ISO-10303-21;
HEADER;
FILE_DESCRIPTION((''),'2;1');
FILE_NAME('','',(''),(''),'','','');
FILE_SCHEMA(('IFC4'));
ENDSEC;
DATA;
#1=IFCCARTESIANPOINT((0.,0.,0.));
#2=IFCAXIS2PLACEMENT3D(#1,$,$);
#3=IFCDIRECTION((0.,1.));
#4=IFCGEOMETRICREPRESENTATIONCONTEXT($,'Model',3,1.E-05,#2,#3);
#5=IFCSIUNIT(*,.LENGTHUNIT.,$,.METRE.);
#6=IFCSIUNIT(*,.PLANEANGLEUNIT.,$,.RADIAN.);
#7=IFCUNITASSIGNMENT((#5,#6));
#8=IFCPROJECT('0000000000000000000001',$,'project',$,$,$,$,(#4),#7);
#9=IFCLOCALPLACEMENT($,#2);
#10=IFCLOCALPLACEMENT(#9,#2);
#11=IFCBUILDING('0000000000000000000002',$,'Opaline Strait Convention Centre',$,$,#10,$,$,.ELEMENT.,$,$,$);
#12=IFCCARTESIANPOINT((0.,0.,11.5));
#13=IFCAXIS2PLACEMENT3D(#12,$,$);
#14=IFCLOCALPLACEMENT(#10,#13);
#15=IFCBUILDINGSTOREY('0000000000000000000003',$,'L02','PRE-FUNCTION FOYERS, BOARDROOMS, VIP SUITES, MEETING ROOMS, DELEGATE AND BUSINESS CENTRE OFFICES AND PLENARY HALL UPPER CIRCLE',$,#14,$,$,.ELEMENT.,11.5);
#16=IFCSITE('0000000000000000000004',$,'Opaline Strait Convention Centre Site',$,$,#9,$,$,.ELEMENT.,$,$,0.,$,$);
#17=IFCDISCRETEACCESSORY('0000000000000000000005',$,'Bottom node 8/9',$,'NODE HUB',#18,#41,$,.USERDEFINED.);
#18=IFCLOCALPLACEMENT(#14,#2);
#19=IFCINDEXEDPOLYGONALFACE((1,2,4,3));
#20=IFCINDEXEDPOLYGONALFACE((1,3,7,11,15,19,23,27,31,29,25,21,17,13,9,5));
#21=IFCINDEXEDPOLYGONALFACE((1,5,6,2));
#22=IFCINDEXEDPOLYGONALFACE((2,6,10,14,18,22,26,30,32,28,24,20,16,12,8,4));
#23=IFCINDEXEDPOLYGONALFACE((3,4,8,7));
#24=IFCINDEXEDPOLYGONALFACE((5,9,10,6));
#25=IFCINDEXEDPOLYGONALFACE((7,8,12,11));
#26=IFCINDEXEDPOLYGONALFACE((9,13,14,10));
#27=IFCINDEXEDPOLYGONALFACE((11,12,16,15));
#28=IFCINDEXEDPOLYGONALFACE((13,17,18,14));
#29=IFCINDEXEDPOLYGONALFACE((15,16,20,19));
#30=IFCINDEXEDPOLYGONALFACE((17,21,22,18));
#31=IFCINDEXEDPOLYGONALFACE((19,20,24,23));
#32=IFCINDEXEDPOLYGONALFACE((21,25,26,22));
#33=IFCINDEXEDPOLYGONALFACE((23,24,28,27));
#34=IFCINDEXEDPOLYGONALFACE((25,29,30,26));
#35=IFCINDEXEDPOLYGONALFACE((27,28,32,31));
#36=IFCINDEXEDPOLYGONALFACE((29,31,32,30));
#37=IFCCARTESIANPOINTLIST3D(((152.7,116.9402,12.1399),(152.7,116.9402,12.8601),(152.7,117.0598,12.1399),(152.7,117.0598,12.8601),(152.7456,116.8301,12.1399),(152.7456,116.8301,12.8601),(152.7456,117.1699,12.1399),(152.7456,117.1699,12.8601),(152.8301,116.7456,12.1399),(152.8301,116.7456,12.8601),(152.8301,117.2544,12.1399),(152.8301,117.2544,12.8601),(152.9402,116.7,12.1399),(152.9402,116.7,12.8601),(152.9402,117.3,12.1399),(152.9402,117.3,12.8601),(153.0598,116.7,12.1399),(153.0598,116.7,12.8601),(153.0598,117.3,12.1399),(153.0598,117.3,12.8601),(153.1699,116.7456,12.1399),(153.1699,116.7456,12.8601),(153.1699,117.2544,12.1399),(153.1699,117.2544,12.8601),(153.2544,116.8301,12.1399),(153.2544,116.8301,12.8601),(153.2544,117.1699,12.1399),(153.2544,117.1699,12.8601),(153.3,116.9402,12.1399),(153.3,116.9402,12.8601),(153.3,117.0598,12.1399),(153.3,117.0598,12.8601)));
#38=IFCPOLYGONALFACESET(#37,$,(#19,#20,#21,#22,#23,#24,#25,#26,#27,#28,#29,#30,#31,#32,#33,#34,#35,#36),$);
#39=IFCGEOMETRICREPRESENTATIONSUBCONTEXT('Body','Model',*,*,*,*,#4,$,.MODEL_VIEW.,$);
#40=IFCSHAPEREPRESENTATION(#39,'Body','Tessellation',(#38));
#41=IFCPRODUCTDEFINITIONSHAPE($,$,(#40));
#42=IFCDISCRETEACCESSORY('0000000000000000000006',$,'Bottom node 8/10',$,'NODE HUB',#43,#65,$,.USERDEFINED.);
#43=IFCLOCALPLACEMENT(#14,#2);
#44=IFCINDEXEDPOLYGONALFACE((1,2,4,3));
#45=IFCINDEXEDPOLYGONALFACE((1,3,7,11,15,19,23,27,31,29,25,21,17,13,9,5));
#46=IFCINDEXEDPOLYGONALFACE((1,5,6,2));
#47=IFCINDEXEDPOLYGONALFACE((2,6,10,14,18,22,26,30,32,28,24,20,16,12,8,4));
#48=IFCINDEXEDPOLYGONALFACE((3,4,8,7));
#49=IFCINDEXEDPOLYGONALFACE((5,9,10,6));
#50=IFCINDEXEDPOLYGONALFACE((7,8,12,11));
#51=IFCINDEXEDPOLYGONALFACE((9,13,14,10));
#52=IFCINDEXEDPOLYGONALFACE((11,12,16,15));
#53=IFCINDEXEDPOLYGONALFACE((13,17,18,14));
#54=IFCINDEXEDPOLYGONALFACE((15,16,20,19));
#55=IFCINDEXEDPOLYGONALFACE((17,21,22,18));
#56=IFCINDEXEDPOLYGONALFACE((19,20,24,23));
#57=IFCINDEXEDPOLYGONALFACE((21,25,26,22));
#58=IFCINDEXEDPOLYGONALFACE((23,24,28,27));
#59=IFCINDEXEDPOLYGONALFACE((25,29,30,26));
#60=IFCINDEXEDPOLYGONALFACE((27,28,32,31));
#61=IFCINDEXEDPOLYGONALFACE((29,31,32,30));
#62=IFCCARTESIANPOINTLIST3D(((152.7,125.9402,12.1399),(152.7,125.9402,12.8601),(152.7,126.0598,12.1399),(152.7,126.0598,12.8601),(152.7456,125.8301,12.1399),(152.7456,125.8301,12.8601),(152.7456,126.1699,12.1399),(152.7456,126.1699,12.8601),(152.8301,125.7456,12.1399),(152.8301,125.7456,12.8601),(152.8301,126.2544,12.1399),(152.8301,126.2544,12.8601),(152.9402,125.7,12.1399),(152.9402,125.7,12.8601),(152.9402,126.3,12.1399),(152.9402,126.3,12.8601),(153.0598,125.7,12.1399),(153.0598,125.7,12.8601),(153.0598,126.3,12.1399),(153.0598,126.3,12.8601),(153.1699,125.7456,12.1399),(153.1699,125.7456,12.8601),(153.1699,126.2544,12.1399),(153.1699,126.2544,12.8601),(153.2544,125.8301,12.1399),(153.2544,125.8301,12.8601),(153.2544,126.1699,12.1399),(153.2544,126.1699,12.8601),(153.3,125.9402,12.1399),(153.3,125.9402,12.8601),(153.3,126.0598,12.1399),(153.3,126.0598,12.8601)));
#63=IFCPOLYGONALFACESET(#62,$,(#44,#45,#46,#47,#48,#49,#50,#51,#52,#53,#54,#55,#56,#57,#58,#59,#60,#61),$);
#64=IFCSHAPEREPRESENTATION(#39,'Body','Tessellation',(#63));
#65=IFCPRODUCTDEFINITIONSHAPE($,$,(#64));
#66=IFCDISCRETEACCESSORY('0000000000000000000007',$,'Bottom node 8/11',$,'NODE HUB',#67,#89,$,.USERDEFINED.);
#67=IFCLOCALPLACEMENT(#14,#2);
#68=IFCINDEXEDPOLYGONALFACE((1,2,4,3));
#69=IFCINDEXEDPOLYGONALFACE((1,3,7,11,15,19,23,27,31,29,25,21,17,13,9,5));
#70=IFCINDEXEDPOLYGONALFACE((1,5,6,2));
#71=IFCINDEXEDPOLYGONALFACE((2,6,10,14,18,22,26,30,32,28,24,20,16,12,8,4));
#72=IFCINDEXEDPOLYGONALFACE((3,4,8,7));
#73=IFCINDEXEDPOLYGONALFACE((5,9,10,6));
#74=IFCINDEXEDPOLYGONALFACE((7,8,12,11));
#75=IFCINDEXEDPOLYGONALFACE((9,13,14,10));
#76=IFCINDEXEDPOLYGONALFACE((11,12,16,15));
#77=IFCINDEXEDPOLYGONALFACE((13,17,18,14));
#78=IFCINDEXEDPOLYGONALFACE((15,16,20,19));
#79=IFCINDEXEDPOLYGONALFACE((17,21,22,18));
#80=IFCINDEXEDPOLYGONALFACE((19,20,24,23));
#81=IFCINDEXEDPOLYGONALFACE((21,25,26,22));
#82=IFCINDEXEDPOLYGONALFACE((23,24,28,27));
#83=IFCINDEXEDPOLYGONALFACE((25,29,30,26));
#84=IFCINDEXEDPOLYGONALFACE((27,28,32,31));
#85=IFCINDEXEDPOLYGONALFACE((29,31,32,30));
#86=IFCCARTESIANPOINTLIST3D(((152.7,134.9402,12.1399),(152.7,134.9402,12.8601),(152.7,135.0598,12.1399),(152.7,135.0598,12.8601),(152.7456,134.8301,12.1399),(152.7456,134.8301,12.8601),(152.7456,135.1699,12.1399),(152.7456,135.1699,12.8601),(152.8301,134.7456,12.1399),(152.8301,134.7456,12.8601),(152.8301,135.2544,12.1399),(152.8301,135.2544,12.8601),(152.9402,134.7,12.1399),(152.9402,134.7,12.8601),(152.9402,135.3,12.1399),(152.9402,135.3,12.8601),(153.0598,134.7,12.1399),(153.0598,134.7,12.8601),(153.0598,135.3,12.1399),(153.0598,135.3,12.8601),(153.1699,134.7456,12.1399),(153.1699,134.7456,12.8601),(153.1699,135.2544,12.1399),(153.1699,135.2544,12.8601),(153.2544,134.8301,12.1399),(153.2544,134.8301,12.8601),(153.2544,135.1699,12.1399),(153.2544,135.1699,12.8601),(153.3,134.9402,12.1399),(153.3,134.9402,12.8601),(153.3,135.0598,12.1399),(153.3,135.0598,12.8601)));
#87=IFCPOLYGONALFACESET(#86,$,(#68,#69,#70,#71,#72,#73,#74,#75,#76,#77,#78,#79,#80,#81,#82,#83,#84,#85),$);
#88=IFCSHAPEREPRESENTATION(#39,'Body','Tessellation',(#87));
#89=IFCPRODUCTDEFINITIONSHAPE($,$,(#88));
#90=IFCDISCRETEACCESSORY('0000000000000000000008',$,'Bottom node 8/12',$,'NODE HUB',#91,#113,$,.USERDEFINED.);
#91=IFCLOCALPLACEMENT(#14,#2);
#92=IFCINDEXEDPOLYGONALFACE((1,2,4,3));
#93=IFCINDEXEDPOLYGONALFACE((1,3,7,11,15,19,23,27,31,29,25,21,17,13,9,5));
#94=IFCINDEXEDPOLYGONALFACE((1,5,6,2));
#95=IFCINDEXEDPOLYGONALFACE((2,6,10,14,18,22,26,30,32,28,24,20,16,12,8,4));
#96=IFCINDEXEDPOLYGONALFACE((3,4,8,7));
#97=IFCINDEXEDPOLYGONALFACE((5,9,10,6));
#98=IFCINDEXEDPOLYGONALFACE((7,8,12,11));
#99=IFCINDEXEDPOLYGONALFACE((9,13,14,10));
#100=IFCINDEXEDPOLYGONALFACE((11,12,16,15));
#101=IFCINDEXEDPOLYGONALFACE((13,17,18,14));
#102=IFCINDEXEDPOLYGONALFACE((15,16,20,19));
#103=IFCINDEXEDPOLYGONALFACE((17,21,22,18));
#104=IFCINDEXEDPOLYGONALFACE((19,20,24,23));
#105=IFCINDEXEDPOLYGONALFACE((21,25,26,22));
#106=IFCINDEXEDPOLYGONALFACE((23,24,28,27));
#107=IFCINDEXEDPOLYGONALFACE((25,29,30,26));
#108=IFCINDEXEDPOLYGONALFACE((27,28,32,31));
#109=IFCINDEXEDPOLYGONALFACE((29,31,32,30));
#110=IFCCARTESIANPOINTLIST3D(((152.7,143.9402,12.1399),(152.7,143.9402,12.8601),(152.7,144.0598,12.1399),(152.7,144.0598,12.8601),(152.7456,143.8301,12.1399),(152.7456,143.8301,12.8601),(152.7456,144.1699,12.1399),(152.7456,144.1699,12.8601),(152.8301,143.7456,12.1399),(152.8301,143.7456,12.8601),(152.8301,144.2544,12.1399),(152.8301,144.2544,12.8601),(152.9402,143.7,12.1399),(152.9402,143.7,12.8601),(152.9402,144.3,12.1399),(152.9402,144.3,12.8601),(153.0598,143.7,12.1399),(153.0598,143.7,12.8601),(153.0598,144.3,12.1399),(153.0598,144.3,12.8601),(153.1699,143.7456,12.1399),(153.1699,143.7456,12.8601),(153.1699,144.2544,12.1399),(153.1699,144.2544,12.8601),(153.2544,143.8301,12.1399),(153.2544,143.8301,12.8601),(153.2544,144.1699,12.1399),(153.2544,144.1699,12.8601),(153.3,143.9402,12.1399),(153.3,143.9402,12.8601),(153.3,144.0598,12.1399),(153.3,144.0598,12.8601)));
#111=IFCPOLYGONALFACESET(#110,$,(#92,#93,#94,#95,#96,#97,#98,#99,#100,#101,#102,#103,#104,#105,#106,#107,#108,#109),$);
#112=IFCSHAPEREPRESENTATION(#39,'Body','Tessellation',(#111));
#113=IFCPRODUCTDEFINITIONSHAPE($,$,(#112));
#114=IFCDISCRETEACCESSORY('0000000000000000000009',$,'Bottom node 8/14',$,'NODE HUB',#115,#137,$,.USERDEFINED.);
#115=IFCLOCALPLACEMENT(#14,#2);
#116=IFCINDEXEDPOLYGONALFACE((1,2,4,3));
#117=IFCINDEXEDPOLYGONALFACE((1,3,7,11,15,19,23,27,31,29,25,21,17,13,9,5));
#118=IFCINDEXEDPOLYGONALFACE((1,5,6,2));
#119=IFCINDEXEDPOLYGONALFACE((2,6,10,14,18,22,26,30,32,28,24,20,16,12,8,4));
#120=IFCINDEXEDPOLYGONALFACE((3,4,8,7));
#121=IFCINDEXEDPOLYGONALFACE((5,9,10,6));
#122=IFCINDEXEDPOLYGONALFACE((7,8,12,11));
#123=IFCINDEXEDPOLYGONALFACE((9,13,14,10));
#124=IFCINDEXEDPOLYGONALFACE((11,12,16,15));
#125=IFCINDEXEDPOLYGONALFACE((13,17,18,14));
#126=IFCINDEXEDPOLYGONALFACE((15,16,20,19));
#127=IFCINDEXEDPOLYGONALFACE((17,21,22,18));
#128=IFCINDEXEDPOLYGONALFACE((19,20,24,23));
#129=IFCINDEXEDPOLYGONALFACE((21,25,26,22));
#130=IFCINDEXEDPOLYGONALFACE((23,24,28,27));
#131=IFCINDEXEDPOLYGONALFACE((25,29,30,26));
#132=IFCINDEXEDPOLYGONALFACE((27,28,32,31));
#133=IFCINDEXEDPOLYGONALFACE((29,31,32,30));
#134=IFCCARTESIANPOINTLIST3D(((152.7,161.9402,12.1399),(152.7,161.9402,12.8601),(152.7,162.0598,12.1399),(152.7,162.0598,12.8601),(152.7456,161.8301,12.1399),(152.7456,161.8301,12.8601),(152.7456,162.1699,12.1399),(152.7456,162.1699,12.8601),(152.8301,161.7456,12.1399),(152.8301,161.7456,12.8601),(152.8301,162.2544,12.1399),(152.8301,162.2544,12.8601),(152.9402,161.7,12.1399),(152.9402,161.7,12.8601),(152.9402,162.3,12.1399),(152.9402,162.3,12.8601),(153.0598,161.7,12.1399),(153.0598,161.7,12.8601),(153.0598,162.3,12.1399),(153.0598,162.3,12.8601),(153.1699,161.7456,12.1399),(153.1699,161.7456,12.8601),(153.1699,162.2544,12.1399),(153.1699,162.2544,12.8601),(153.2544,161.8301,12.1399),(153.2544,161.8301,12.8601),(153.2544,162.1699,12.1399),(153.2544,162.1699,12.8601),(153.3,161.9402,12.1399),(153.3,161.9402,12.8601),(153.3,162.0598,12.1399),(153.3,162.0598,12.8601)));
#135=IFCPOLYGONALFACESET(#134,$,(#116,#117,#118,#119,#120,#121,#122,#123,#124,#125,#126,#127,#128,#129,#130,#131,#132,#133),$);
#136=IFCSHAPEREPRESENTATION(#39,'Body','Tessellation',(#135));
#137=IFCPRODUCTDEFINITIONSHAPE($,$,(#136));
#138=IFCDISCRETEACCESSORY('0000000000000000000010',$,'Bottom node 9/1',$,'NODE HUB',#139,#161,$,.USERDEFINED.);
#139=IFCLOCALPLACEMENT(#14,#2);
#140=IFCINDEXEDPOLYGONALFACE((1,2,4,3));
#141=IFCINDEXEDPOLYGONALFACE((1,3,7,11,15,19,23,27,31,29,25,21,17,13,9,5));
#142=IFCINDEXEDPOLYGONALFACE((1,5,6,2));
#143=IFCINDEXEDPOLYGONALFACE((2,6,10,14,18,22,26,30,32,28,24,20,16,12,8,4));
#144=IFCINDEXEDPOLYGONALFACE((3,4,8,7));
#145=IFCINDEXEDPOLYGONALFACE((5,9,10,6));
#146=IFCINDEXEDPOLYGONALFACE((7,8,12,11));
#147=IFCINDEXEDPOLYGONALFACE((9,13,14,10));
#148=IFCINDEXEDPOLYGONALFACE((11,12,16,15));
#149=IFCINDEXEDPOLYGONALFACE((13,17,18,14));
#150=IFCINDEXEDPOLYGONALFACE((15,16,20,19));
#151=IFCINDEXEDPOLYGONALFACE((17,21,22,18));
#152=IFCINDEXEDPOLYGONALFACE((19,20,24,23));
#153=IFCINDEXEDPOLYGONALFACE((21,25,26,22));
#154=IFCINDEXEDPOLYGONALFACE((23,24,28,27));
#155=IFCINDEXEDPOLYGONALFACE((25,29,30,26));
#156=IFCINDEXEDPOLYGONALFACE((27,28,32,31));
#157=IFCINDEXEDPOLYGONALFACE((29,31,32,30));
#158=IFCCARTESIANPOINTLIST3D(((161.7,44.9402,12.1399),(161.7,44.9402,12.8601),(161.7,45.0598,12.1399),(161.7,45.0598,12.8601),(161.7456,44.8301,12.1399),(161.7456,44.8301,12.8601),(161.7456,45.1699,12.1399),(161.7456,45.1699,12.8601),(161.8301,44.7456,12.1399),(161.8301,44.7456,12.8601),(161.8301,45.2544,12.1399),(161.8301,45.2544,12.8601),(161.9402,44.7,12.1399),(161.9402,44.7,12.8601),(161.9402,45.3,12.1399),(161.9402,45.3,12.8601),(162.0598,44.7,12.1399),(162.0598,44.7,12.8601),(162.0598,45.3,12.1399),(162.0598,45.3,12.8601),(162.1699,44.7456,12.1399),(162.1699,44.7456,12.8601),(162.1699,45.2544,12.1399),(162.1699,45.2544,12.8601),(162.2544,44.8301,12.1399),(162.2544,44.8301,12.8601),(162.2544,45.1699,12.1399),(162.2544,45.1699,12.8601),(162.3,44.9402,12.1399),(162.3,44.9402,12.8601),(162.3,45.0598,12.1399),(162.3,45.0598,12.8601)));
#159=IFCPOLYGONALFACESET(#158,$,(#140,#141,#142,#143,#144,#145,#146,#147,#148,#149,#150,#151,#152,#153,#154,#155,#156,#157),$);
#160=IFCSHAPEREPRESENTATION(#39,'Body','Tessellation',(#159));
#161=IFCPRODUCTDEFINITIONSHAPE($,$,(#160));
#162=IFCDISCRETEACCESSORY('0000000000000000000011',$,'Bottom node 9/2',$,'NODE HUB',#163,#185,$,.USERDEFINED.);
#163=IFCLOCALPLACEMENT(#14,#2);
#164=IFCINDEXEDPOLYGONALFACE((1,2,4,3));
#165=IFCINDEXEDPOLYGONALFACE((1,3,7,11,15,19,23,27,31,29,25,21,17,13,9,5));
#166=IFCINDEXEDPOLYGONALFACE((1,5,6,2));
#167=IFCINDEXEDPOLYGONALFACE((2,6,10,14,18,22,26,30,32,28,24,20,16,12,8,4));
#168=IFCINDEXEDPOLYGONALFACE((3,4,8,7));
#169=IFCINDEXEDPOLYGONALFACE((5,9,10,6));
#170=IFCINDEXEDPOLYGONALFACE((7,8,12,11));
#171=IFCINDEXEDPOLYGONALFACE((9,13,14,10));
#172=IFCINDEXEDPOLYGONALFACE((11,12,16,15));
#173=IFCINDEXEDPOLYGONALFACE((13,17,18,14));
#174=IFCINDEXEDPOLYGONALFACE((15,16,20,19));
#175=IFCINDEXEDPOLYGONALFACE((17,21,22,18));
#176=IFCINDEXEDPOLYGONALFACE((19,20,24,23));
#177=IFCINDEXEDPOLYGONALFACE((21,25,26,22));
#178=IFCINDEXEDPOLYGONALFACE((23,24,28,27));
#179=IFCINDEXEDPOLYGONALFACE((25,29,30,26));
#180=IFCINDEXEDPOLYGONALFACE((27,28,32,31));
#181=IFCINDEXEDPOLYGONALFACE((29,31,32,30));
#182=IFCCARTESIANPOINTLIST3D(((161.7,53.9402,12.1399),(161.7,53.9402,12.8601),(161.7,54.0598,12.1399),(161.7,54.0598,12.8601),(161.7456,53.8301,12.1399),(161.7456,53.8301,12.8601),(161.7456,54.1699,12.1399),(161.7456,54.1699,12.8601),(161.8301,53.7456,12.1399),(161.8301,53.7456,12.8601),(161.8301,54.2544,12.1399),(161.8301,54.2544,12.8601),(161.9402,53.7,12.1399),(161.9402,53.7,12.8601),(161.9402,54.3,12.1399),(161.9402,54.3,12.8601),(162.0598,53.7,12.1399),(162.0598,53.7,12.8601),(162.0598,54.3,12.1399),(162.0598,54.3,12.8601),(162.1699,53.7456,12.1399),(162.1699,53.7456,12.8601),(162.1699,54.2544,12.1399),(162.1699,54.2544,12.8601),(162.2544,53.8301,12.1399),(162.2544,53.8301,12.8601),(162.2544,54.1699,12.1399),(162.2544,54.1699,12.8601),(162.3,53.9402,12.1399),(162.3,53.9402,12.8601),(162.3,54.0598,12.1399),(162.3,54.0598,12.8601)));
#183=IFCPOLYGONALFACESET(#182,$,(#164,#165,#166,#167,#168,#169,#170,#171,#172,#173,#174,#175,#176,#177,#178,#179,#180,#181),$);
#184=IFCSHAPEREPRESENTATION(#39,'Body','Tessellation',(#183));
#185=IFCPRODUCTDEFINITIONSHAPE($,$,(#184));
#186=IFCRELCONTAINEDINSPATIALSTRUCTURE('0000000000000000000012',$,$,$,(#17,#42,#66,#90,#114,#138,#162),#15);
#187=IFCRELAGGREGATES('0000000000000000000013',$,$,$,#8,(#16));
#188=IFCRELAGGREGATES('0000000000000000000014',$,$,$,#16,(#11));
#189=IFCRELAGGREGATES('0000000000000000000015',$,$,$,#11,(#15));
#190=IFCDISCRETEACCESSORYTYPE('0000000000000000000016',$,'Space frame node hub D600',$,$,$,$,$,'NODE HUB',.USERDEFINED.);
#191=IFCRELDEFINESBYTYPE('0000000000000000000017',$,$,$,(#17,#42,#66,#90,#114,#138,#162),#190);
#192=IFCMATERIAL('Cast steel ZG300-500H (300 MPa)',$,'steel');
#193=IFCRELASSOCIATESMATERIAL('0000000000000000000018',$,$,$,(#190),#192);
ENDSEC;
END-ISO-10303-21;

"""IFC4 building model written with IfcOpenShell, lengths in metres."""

from ifc_helpers import new_model, si_unit, direction, frame, origin, place, context, subcontext, project, spatial, polyline, outline, extrude, material, type_object, element, save


model = new_model("IFC4")

# Units and contexts
model_context = context("Model", 3, precision=1e-05, world=origin(), true_north=direction((0.0, 1.0)))
body_context = subcontext(model_context, "Body", "Model", "MODEL_VIEW")
ifc_project = project(units=[si_unit("LENGTHUNIT", "METRE"), si_unit("PLANEANGLEUNIT", "RADIAN")], contexts=[model_context])

# Site, building, storey
site_placement = place(None, origin())
site = spatial("IfcSite", under=ifc_project, at=site_placement, Name="Opaline Strait Convention Centre Site", CompositionType="ELEMENT", RefElevation=0.0)
building_placement = place(site_placement, origin())
building = spatial("IfcBuilding", under=site, at=building_placement, Name="Opaline Strait Convention Centre", CompositionType="ELEMENT")
storey_placement = place(building_placement, frame((0.0, 0.0, 11.5)))
storey = spatial("IfcBuildingStorey", under=building, at=storey_placement, Name="L02", Description="PRE-FUNCTION FOYERS, BOARDROOMS, VIP SUITES, MEETING ROOMS, DELEGATE AND BUSINESS CENTRE OFFICES AND PLENARY HALL UPPER CIRCLE", CompositionType="ELEMENT", Elevation=11.5)

# Discrete accessories
ifc_material = material(Name="Cast steel ZG300-500H (300 MPa)", Category="steel")
discrete_accessory_type_1 = type_object("IfcDiscreteAccessoryType", Name="Space frame node hub D600", ElementType="NODE HUB", PredefinedType="USERDEFINED", material=ifc_material)
discrete_accessory_1_placement = place(storey_placement, frame((0.0, 0.0, 12.1399)))
element("IfcDiscreteAccessory", 1, at=discrete_accessory_1_placement, inside=storey, type_object=discrete_accessory_type_1, Name="Bottom node 8/9", ObjectType="NODE HUB", PredefinedType="USERDEFINED", context=body_context, shape_type="SweptSolid", body=[
    extrude(outline(polyline([(153.3, 117.0598), (153.2544, 117.1699), (153.1699, 117.2544), (153.0598, 117.3), (152.9402, 117.3), (152.8301, 117.2544), (152.7456, 117.1699), (152.7, 117.0598), (152.7, 116.9402), (152.7456, 116.8301), (152.8301, 116.7456), (152.9402, 116.7), (153.0598, 116.7), (153.1699, 116.7456), (153.2544, 116.8301), (153.3, 116.9402), (153.3, 117.0598)])), origin(), (0.0, 0.0, 1.0), 0.7202),
])
discrete_accessory_2_placement = place(storey_placement, frame((0.0, 0.0, 12.1399)))
element("IfcDiscreteAccessory", 2, at=discrete_accessory_2_placement, inside=storey, type_object=discrete_accessory_type_1, Name="Bottom node 8/10", ObjectType="NODE HUB", PredefinedType="USERDEFINED", context=body_context, shape_type="SweptSolid", body=[
    extrude(outline(polyline([(153.3, 126.0598), (153.2544, 126.1699), (153.1699, 126.2544), (153.0598, 126.3), (152.9402, 126.3), (152.8301, 126.2544), (152.7456, 126.1699), (152.7, 126.0598), (152.7, 125.9402), (152.7456, 125.8301), (152.8301, 125.7456), (152.9402, 125.7), (153.0598, 125.7), (153.1699, 125.7456), (153.2544, 125.8301), (153.3, 125.9402), (153.3, 126.0598)])), origin(), (0.0, 0.0, 1.0), 0.7202),
])
discrete_accessory_3_placement = place(storey_placement, frame((0.0, 0.0, 12.1399)))
element("IfcDiscreteAccessory", 3, at=discrete_accessory_3_placement, inside=storey, type_object=discrete_accessory_type_1, Name="Bottom node 8/11", ObjectType="NODE HUB", PredefinedType="USERDEFINED", context=body_context, shape_type="SweptSolid", body=[
    extrude(outline(polyline([(153.3, 135.0598), (153.2544, 135.1699), (153.1699, 135.2544), (153.0598, 135.3), (152.9402, 135.3), (152.8301, 135.2544), (152.7456, 135.1699), (152.7, 135.0598), (152.7, 134.9402), (152.7456, 134.8301), (152.8301, 134.7456), (152.9402, 134.7), (153.0598, 134.7), (153.1699, 134.7456), (153.2544, 134.8301), (153.3, 134.9402), (153.3, 135.0598)])), origin(), (0.0, 0.0, 1.0), 0.7202),
])
discrete_accessory_4_placement = place(storey_placement, frame((0.0, 0.0, 12.1399)))
element("IfcDiscreteAccessory", 4, at=discrete_accessory_4_placement, inside=storey, type_object=discrete_accessory_type_1, Name="Bottom node 8/12", ObjectType="NODE HUB", PredefinedType="USERDEFINED", context=body_context, shape_type="SweptSolid", body=[
    extrude(outline(polyline([(153.3, 144.0598), (153.2544, 144.1699), (153.1699, 144.2544), (153.0598, 144.3), (152.9402, 144.3), (152.8301, 144.2544), (152.7456, 144.1699), (152.7, 144.0598), (152.7, 143.9402), (152.7456, 143.8301), (152.8301, 143.7456), (152.9402, 143.7), (153.0598, 143.7), (153.1699, 143.7456), (153.2544, 143.8301), (153.3, 143.9402), (153.3, 144.0598)])), origin(), (0.0, 0.0, 1.0), 0.7202),
])
discrete_accessory_5_placement = place(storey_placement, frame((0.0, 0.0, 12.1399)))
element("IfcDiscreteAccessory", 5, at=discrete_accessory_5_placement, inside=storey, type_object=discrete_accessory_type_1, Name="Bottom node 8/14", ObjectType="NODE HUB", PredefinedType="USERDEFINED", context=body_context, shape_type="SweptSolid", body=[
    extrude(outline(polyline([(153.3, 162.0598), (153.2544, 162.1699), (153.1699, 162.2544), (153.0598, 162.3), (152.9402, 162.3), (152.8301, 162.2544), (152.7456, 162.1699), (152.7, 162.0598), (152.7, 161.9402), (152.7456, 161.8301), (152.8301, 161.7456), (152.9402, 161.7), (153.0598, 161.7), (153.1699, 161.7456), (153.2544, 161.8301), (153.3, 161.9402), (153.3, 162.0598)])), origin(), (0.0, 0.0, 1.0), 0.7202),
])
discrete_accessory_6_placement = place(storey_placement, frame((0.0, 0.0, 12.1399)))
element("IfcDiscreteAccessory", 6, at=discrete_accessory_6_placement, inside=storey, type_object=discrete_accessory_type_1, Name="Bottom node 9/1", ObjectType="NODE HUB", PredefinedType="USERDEFINED", context=body_context, shape_type="SweptSolid", body=[
    extrude(outline(polyline([(162.3, 45.0598), (162.2544, 45.1699), (162.1699, 45.2544), (162.0598, 45.3), (161.9402, 45.3), (161.8301, 45.2544), (161.7456, 45.1699), (161.7, 45.0598), (161.7, 44.9402), (161.7456, 44.8301), (161.8301, 44.7456), (161.9402, 44.7), (162.0598, 44.7), (162.1699, 44.7456), (162.2544, 44.8301), (162.3, 44.9402), (162.3, 45.0598)])), origin(), (0.0, 0.0, 1.0), 0.7202),
])
discrete_accessory_7_placement = place(storey_placement, frame((0.0, 0.0, 12.1399)))
element("IfcDiscreteAccessory", 7, at=discrete_accessory_7_placement, inside=storey, type_object=discrete_accessory_type_1, Name="Bottom node 9/2", ObjectType="NODE HUB", PredefinedType="USERDEFINED", context=body_context, shape_type="SweptSolid", body=[
    extrude(outline(polyline([(162.3, 54.0598), (162.2544, 54.1699), (162.1699, 54.2544), (162.0598, 54.3), (161.9402, 54.3), (161.8301, 54.2544), (161.7456, 54.1699), (161.7, 54.0598), (161.7, 53.9402), (161.7456, 53.8301), (161.8301, 53.7456), (161.9402, 53.7), (162.0598, 53.7), (162.1699, 53.7456), (162.2544, 53.8301), (162.3, 53.9402), (162.3, 54.0598)])), origin(), (0.0, 0.0, 1.0), 0.7202),
])

save(model, "model.ifc")
